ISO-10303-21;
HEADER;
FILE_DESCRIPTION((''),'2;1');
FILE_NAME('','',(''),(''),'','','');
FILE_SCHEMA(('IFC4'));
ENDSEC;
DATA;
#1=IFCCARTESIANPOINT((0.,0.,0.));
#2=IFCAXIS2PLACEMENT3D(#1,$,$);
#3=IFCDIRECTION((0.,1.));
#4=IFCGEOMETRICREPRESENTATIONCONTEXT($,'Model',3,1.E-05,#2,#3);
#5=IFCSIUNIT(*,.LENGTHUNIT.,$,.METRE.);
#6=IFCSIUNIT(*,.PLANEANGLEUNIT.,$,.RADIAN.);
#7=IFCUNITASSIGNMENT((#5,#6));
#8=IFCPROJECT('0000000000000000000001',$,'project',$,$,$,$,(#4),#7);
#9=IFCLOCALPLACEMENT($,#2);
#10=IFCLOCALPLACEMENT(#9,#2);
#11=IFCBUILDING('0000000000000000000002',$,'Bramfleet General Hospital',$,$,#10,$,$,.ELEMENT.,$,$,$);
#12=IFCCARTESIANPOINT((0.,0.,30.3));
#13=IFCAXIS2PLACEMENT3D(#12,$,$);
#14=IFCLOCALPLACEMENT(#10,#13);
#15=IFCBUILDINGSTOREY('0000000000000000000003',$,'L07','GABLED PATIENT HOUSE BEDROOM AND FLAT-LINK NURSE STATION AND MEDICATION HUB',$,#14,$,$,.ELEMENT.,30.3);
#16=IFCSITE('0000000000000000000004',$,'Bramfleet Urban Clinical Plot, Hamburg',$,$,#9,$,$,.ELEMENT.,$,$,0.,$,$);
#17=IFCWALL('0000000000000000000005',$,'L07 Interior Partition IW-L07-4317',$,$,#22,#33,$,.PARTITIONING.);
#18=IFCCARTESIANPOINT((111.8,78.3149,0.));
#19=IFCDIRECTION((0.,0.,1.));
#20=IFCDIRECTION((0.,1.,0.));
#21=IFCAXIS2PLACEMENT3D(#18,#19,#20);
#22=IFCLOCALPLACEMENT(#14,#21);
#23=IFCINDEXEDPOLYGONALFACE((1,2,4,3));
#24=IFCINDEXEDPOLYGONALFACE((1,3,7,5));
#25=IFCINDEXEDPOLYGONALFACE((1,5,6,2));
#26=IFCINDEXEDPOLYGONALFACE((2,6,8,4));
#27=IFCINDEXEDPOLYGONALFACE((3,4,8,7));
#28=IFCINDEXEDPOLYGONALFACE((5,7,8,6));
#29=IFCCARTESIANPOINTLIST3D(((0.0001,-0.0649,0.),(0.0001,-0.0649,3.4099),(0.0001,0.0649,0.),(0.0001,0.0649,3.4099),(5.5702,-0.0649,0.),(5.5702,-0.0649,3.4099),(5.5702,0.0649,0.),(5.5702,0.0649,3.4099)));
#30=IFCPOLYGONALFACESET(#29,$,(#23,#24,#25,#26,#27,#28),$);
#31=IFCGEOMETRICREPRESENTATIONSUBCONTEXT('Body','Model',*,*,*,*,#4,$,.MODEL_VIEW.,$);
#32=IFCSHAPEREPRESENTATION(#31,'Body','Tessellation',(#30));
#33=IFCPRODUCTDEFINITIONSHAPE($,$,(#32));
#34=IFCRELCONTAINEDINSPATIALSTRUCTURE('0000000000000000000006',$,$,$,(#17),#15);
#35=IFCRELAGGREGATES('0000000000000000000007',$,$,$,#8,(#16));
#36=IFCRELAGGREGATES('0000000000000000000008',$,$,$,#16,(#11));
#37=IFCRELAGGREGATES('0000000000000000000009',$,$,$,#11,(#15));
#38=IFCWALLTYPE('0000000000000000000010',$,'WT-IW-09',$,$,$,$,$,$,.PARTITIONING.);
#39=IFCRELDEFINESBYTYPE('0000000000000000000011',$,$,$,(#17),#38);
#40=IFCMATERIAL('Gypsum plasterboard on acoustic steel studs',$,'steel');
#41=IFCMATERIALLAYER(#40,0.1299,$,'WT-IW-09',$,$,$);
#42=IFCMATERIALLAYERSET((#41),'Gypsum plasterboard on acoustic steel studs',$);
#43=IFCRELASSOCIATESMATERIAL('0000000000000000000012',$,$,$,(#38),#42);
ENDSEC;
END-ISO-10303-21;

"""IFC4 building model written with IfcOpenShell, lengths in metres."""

from ifc_helpers import new_model, si_unit, direction, frame, frame_2d, origin, place, context, subcontext, project, spatial, rectangle, extrude, material, layer, layer_set, type_object, element, save


model = new_model("IFC4")

# Units and contexts
model_context = context("Model", 3, precision=1e-05, world=origin(), true_north=direction((0.0, 1.0)))
body_context = subcontext(model_context, "Body", "Model", "MODEL_VIEW")
ifc_project = project(units=[si_unit("LENGTHUNIT", "METRE"), si_unit("PLANEANGLEUNIT", "RADIAN")], contexts=[model_context])

# Site, building, storey
site_placement = place(None, origin())
site = spatial("IfcSite", under=ifc_project, at=site_placement, Name="Bramfleet Urban Clinical Plot, Hamburg", CompositionType="ELEMENT", RefElevation=0.0)
building_placement = place(site_placement, origin())
building = spatial("IfcBuilding", under=site, at=building_placement, Name="Bramfleet General Hospital", CompositionType="ELEMENT")
storey_placement = place(building_placement, frame((0.0, 0.0, 30.3)))
storey = spatial("IfcBuildingStorey", under=building, at=storey_placement, Name="L07", Description="GABLED PATIENT HOUSE BEDROOM AND FLAT-LINK NURSE STATION AND MEDICATION HUB", CompositionType="ELEMENT", Elevation=30.3)

# Wall
ifc_material_1 = material(Name="Gypsum plasterboard on acoustic steel studs", Category="steel")
ifc_layer_1 = layer(ifc_material_1, 0.1299, Name="WT-IW-09")
ifc_layer_set_1 = layer_set([ifc_layer_1], Name="Gypsum plasterboard on acoustic steel studs")
wall_type_1 = type_object("IfcWallType", Name="WT-IW-09", PredefinedType="PARTITIONING", material=ifc_layer_set_1)
wall_1_placement = place(storey_placement, frame((111.8, 78.3149, 0.0), z_axis=(0.0, 0.0, 1.0), x_axis=(0.0, 1.0, 0.0)))
element("IfcWall", 1, at=wall_1_placement, inside=storey, type_object=wall_type_1, Name="L07 Interior Partition IW-L07-4317", PredefinedType="PARTITIONING", context=body_context, shape_type="SweptSolid", body=[
    extrude(rectangle(XDim=5.5701, YDim=0.1299, at=frame_2d((2.7852, 0.0))), origin(), (0.0, 0.0, 1.0), 3.4099),
])

save(model, "model.ifc")
